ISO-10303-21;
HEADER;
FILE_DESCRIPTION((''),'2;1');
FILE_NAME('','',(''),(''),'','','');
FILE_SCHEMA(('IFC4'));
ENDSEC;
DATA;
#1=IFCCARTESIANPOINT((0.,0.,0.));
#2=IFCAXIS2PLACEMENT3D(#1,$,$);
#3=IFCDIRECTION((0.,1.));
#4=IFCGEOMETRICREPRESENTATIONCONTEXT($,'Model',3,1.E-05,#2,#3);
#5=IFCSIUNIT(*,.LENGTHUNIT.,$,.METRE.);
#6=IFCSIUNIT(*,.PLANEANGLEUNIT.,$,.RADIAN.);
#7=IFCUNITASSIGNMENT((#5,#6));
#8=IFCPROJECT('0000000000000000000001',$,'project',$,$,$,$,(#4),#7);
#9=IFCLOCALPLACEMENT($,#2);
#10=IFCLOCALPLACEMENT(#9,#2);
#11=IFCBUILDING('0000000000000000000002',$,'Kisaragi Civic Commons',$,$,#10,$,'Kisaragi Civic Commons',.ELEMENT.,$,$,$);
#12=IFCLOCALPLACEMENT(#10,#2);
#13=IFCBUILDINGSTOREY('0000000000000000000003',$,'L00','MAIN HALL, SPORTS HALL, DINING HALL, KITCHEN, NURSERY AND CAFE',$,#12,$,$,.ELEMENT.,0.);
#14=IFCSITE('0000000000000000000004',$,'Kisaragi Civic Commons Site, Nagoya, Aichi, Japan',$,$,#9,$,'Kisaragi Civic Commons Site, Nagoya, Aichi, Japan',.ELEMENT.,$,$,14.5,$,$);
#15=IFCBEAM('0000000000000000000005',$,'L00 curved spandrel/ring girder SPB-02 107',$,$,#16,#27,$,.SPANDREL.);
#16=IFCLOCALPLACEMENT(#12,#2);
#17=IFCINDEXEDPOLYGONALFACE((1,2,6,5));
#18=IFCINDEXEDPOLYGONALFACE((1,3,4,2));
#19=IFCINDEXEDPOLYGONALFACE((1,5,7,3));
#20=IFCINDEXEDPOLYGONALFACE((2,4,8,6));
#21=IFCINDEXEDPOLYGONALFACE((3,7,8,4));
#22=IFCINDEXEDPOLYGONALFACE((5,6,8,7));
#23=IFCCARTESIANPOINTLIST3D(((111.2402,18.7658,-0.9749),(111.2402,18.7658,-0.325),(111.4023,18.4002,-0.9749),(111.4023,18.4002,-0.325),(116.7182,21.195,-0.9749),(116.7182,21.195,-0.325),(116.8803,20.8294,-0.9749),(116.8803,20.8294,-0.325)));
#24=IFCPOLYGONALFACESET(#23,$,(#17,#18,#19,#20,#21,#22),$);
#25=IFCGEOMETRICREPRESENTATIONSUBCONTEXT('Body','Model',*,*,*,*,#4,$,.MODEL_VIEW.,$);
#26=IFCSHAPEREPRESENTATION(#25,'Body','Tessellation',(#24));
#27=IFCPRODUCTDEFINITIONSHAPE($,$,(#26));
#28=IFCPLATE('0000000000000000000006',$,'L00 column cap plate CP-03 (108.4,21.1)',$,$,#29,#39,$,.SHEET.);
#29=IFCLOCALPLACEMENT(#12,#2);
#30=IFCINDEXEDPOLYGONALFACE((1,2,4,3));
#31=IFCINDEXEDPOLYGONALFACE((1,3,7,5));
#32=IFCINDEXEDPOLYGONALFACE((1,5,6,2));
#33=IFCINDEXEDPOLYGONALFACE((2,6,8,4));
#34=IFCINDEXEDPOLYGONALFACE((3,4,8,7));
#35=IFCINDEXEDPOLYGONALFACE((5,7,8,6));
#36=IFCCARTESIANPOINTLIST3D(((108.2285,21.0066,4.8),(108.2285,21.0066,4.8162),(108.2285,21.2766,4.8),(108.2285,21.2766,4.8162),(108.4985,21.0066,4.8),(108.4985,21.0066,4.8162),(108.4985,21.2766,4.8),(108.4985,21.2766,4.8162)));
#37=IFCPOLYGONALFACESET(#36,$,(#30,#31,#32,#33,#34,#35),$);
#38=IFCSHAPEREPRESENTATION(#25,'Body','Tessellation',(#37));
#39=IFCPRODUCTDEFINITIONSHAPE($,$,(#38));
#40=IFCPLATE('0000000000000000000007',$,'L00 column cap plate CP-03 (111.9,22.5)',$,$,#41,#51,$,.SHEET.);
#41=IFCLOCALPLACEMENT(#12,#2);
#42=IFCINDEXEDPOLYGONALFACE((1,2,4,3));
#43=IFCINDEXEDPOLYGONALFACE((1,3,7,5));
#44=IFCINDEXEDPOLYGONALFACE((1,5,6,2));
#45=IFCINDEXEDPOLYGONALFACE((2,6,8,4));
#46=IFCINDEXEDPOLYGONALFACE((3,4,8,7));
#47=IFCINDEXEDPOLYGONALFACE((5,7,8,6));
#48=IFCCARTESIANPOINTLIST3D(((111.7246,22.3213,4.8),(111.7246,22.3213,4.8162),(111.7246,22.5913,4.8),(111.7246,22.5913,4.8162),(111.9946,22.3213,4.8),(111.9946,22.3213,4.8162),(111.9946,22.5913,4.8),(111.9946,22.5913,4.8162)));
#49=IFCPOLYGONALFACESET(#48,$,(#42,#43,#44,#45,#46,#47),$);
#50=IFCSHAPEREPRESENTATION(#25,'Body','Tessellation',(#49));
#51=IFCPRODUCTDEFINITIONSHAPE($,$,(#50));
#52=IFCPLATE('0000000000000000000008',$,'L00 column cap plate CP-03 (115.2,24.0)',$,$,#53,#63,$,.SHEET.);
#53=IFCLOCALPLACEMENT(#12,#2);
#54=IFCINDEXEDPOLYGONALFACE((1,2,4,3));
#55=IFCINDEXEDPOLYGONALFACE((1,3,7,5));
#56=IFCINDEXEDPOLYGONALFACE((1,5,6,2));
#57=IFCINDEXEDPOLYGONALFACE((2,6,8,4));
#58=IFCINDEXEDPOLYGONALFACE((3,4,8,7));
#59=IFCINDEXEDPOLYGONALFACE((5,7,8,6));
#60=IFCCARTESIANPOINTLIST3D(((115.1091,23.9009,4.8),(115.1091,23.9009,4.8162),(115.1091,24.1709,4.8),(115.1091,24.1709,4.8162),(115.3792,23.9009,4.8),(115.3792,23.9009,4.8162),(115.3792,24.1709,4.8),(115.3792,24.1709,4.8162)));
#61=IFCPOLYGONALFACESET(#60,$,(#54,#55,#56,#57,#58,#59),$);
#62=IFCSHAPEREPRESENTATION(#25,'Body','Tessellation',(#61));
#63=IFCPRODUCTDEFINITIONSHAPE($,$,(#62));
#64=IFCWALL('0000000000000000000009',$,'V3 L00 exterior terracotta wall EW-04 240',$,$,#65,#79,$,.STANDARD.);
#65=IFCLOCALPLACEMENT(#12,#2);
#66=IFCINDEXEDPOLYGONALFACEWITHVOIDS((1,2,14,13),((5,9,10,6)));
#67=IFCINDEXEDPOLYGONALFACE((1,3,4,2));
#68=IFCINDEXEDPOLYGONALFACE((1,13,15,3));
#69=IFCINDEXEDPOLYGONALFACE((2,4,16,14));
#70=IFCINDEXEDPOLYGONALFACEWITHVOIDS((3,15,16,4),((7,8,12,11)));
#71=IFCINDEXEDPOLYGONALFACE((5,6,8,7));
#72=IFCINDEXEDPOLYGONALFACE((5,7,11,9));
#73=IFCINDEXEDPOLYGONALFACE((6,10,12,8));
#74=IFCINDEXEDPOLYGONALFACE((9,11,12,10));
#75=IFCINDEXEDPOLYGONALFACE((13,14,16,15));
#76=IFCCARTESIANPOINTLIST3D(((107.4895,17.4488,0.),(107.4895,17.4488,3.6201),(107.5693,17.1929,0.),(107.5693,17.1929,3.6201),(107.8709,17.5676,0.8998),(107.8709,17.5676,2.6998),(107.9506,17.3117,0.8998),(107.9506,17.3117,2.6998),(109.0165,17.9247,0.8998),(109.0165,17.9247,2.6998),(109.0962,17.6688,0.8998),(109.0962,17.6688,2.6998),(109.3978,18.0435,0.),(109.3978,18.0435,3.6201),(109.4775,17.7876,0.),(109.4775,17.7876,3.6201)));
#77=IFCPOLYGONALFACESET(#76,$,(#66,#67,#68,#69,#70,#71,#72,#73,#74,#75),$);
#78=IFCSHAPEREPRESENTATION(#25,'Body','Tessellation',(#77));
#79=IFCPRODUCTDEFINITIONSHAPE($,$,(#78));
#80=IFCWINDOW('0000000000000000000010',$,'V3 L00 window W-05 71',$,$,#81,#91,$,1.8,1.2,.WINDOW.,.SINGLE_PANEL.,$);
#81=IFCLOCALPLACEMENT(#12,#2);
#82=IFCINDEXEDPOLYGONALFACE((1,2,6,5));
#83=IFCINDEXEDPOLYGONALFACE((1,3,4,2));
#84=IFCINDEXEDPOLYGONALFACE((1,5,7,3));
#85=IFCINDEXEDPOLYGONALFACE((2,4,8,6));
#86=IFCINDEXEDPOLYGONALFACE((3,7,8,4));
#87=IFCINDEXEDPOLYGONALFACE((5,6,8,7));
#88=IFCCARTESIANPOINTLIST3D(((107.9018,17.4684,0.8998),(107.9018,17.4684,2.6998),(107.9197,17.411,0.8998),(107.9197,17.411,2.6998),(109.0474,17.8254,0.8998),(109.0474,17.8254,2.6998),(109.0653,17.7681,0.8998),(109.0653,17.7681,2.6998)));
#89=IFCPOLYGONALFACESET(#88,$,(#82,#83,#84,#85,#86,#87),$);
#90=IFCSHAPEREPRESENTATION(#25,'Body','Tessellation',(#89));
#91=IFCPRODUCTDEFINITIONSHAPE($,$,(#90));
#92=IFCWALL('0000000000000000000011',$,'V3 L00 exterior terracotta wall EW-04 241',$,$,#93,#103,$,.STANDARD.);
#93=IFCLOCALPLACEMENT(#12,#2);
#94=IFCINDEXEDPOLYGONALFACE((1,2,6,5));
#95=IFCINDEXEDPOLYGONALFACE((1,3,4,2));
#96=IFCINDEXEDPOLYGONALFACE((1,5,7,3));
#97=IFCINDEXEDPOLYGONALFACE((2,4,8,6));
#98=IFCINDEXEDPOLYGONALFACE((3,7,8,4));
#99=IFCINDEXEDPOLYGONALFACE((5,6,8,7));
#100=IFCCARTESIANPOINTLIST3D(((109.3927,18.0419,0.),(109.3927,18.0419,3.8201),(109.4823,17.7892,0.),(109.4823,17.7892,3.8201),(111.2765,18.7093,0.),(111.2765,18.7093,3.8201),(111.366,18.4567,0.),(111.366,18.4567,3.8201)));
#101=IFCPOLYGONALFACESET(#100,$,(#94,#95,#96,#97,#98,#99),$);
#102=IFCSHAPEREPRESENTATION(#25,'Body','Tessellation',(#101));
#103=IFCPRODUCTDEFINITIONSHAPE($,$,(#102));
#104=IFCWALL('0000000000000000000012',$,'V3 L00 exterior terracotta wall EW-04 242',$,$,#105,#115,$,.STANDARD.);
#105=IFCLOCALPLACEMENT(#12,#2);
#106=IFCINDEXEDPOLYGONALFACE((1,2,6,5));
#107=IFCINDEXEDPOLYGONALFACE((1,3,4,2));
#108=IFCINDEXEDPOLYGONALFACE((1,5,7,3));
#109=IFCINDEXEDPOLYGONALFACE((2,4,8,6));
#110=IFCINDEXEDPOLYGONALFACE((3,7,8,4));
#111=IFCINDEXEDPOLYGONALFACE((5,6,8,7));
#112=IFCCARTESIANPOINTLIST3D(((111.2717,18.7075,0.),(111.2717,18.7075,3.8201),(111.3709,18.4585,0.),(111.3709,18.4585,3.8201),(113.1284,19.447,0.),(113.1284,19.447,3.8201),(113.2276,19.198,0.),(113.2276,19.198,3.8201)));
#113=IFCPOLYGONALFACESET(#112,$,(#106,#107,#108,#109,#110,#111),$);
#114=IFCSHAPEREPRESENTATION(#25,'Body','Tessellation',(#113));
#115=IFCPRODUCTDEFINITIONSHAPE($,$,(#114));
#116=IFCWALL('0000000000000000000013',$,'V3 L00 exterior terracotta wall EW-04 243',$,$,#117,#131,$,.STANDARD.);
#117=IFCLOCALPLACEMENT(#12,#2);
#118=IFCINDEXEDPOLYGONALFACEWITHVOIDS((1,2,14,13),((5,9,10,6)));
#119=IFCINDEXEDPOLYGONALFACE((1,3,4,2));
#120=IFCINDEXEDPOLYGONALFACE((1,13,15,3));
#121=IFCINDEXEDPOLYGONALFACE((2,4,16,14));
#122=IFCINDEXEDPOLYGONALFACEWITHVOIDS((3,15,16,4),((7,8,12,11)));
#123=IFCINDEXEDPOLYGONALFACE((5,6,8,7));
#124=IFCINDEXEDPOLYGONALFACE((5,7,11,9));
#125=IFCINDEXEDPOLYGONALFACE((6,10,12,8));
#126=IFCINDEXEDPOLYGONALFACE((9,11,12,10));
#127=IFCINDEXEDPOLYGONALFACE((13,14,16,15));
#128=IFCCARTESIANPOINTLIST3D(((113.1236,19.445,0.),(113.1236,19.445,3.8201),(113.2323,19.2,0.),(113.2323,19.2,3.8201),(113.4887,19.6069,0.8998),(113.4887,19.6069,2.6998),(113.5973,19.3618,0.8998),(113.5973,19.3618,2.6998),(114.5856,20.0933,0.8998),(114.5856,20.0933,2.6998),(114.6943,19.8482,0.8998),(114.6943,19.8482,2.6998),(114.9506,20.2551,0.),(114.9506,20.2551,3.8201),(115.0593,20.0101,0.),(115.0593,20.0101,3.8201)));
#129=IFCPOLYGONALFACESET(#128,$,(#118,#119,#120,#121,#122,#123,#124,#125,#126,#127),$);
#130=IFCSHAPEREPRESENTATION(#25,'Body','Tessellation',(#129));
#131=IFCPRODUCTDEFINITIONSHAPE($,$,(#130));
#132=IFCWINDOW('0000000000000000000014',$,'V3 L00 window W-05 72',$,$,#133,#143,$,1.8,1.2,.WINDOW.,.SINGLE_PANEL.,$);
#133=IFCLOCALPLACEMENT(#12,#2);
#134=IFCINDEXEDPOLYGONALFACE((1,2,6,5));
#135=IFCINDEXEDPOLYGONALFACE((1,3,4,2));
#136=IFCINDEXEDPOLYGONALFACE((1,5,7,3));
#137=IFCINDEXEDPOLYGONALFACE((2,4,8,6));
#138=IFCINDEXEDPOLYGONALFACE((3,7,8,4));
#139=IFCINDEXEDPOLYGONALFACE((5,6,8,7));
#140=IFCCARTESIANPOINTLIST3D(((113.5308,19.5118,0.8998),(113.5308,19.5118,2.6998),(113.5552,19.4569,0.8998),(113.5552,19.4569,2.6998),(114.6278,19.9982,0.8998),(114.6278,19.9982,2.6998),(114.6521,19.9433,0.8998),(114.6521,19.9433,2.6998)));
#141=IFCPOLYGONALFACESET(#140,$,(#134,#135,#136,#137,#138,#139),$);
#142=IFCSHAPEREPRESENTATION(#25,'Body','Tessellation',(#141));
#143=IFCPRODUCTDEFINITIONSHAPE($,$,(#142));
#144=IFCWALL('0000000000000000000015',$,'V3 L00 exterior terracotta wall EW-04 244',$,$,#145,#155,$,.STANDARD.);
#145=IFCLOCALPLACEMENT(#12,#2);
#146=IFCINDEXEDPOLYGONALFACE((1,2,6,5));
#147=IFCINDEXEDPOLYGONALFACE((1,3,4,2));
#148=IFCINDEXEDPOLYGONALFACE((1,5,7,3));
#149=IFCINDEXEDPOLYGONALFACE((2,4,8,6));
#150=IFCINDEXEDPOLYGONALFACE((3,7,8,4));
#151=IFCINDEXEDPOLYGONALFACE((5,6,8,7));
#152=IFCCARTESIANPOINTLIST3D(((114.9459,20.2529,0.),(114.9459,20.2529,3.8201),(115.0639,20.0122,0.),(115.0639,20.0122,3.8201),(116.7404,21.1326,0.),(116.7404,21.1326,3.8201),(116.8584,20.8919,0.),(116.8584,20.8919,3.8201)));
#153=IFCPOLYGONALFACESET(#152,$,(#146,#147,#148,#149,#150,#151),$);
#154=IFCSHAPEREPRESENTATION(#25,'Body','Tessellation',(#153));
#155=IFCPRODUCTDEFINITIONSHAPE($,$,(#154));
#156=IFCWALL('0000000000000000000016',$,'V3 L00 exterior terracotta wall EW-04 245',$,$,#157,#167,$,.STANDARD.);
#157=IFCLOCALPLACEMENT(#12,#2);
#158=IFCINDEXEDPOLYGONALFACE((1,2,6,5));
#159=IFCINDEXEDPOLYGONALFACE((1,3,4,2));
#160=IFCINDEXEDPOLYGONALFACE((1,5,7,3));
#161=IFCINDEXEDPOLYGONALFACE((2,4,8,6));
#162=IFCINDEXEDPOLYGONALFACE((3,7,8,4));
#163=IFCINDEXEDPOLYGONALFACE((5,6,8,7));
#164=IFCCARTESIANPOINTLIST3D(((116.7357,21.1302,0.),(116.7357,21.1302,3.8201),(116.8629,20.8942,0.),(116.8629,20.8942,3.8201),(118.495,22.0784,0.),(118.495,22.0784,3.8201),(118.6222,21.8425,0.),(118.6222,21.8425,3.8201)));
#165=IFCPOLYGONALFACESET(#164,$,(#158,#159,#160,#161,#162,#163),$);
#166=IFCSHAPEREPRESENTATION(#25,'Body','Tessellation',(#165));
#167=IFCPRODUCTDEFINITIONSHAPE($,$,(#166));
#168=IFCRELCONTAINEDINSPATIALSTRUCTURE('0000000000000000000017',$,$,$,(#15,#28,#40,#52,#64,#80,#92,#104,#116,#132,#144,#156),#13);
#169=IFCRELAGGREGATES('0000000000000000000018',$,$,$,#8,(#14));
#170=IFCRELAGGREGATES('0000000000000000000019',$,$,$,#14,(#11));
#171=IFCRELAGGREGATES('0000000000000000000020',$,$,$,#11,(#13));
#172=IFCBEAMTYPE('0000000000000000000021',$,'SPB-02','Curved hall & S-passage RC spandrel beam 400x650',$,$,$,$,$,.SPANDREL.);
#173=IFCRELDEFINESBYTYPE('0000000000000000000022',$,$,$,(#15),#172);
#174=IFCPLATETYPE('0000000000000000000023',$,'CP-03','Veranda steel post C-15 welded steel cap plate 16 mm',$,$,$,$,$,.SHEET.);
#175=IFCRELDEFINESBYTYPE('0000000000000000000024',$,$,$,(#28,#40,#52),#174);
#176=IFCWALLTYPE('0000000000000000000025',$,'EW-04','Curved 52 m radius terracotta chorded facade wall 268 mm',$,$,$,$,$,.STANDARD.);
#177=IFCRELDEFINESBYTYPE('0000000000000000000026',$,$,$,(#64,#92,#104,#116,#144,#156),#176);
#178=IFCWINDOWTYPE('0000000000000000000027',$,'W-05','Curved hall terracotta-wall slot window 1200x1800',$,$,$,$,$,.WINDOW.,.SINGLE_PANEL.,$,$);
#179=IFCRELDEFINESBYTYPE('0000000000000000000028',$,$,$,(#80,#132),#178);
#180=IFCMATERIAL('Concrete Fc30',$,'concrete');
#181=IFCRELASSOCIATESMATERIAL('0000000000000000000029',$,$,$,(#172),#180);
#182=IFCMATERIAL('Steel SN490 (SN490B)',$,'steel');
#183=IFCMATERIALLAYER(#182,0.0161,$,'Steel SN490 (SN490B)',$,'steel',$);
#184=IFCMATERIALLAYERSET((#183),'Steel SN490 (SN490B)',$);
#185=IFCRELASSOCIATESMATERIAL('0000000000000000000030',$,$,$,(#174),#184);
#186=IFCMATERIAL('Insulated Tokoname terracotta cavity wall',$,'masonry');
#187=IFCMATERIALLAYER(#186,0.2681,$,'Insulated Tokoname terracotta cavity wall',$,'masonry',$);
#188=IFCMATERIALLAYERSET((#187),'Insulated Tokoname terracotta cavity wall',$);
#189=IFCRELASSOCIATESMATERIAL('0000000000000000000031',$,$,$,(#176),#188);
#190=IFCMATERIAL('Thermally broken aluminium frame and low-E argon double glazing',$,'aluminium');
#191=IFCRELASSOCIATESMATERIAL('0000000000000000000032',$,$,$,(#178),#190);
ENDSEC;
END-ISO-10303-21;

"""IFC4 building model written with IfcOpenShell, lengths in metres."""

from ifc_helpers import new_model, si_unit, direction, frame, frame_2d, origin, origin_2d, place, context, subcontext, project, spatial, rectangle, extrude, material, layer, layer_set, material_profile, profile_set, type_object, element, fill, save


model = new_model("IFC4")

# Units and contexts
model_context = context("Model", 3, precision=1e-05, world=origin(), true_north=direction((0.0, 1.0)))
body_context = subcontext(model_context, "Body", "Model", "MODEL_VIEW")
ifc_project = project(units=[si_unit("LENGTHUNIT", "METRE"), si_unit("PLANEANGLEUNIT", "RADIAN")], contexts=[model_context])

# Site, building, storey
site_placement = place(None, origin())
site = spatial("IfcSite", under=ifc_project, at=site_placement, Name="Kisaragi Civic Commons Site, Nagoya, Aichi, Japan", LongName="Kisaragi Civic Commons Site, Nagoya, Aichi, Japan", CompositionType="ELEMENT", RefElevation=14.5)
building_placement = place(site_placement, origin())
building = spatial("IfcBuilding", under=site, at=building_placement, Name="Kisaragi Civic Commons", LongName="Kisaragi Civic Commons", CompositionType="ELEMENT")
storey_placement = place(building_placement, origin())
storey = spatial("IfcBuildingStorey", under=building, at=storey_placement, Name="L00", Description="MAIN HALL, SPORTS HALL, DINING HALL, KITCHEN, NURSERY AND CAFE", CompositionType="ELEMENT", Elevation=0.0)

# Shared definitions
ifc_material_1 = material(Name="Concrete Fc30", Category="concrete")

# Beam
ifc_material_2 = material(Name="Steel SN490 (SN490B)", Category="steel")
ifc_material_profile_1 = material_profile(ifc_material_1, rectangle(XDim=0.3999, YDim=0.6499, at=origin_2d()), Name="RC-400x650", Category="concrete")
ifc_profile_set_1 = profile_set([ifc_material_profile_1], Name="Concrete Fc30")
beam_type_1 = type_object("IfcBeamType", Name="SPB-02", Description="Curved hall & S-passage RC spandrel beam 400x650", PredefinedType="SPANDREL", material=ifc_profile_set_1)
beam_1_placement = place(storey_placement, frame((111.3213, 18.583, -0.6499), z_axis=(0.914151, 0.405375, 0.0), x_axis=(-0.405375, 0.914151, 0.0)))
element("IfcBeam", 1, at=beam_1_placement, inside=storey, type_object=beam_type_1, Name="L00 curved spandrel/ring girder SPB-02 107", PredefinedType="SPANDREL", context=body_context, shape_type="SweptSolid", body=[
    extrude(rectangle(XDim=0.3999, YDim=0.6499, at=origin_2d()), origin(), (0.0, 0.0, 1.0), 5.9924),
])

# Plates
ifc_layer_1 = layer(ifc_material_2, 0.0161, Name="Steel SN490 (SN490B)", Category="steel")
ifc_layer_set_1 = layer_set([ifc_layer_1], Name="Steel SN490 (SN490B)")
plate_type = type_object("IfcPlateType", Name="CP-03", Description="Veranda steel post C-15 welded steel cap plate 16 mm", PredefinedType="SHEET", material=ifc_layer_set_1)
for number, where, z_axis, x_axis, name in (
    (2, (108.3635, 21.1416, 4.8), (0.0, 0.0, 1.0), (1.0, 0.0, 0.0), "L00 column cap plate CP-03 (108.4,21.1)"),
    (3, (111.8596, 22.4563, 4.8), (0.0, 0.0, 1.0), (1.0, 0.0, 0.0), "L00 column cap plate CP-03 (111.9,22.5)"),
    (4, (115.2441, 24.0359, 4.8), (0.0, 0.0, 1.0), (1.0, 0.0, 0.0), "L00 column cap plate CP-03 (115.2,24.0)"),
):
    element("IfcPlate", number, at=place(storey_placement, frame(where, z_axis=z_axis, x_axis=x_axis)), inside=storey, type_object=plate_type, Name=name, PredefinedType="SHEET", context=body_context, shape_type="SweptSolid", body=[
        extrude(rectangle(XDim=0.27, YDim=0.27, at=origin_2d()), origin(), (0.0, 0.0, 1.0), 0.0161),
    ])

# Wall, opening, window
ifc_material_3 = material(Name="Insulated Tokoname terracotta cavity wall", Category="masonry")
ifc_layer_2 = layer(ifc_material_3, 0.2681, Name="Insulated Tokoname terracotta cavity wall", Category="masonry")
ifc_layer_set_2 = layer_set([ifc_layer_2], Name="Insulated Tokoname terracotta cavity wall")
wall_type_1 = type_object("IfcWallType", Name="EW-04", Description="Curved 52 m radius terracotta chorded facade wall 268 mm", PredefinedType="STANDARD", material=ifc_layer_set_2)
wall_1_placement = place(storey_placement, frame((107.5293, 17.3208, 0.0), z_axis=(0.0, 0.0, 1.0), x_axis=(0.954706, 0.297552, 0.0)))
wall_1 = element("IfcWall", 5, at=wall_1_placement, inside=storey, type_object=wall_type_1, Name="V3 L00 exterior terracotta wall EW-04 240", PredefinedType="STANDARD", context=body_context, shape_type="SweptSolid", body=[
    extrude(rectangle(XDim=1.9988, YDim=0.2681, at=frame_2d((0.9995, 0.0))), origin(), (0.0, 0.0, 1.0), 3.6201),
])
opening_1_placement = place(wall_1_placement, frame((0.3994, 0.0, 0.8999)))
opening_1 = element("IfcOpeningElement", 6, at=opening_1_placement, cuts=wall_1, PredefinedType="OPENING", context=body_context, shape_type="SweptSolid", body=[
    extrude(rectangle(XDim=1.2, YDim=1.8, at=frame_2d((0.6001, 0.8999))), frame((0.0, 0.144, 0.0), z_axis=(0.0, -1.0, 0.0), x_axis=(1.0, 0.0, 0.0)), (0.0, 0.0, 1.0), 0.2881),
])
ifc_material_4 = material(Name="Thermally broken aluminium frame and low-E argon double glazing", Category="aluminium")
window_type = type_object("IfcWindowType", Name="W-05", Description="Curved hall terracotta-wall slot window 1200x1800", PartitioningType="SINGLE_PANEL", PredefinedType="WINDOW", material=ifc_material_4)
window_1_placement = place(opening_1_placement, origin())
window_1 = element("IfcWindow", 7, at=window_1_placement, inside=storey, type_object=window_type, Name="V3 L00 window W-05 71", OverallHeight=1.8, OverallWidth=1.2, PartitioningType="SINGLE_PANEL", PredefinedType="WINDOW", context=body_context, shape_type="SweptSolid", body=[
    extrude(rectangle(XDim=1.2, YDim=1.8, at=frame_2d((0.6001, 0.8999))), frame((0.0, 0.03, 0.0), z_axis=(0.0, -1.0, 0.0), x_axis=(1.0, 0.0, 0.0)), (0.0, 0.0, 1.0), 0.0601),
])
fill(opening_1, window_1)

# Walls
for number, where, z_axis, x_axis, name in (
    (8, (109.4375, 17.9155, 0.0), (0.0, 0.0, 1.0), (0.942579, 0.333983, 0.0), "V3 L00 exterior terracotta wall EW-04 241"),
    (9, (111.3213, 18.583, 0.0), (0.0, 0.0, 1.0), (0.929023, 0.370021, 0.0), "V3 L00 exterior terracotta wall EW-04 242"),
):
    element("IfcWall", number, at=place(storey_placement, frame(where, z_axis=z_axis, x_axis=x_axis)), inside=storey, type_object=wall_type_1, Name=name, PredefinedType="STANDARD", context=body_context, shape_type="SweptSolid", body=[
        extrude(rectangle(XDim=1.9985, YDim=0.2681, at=frame_2d((0.9993, 0.0))), origin(), (0.0, 0.0, 1.0), 3.8201),
    ])

# Wall, opening, window
wall_2_placement = place(storey_placement, frame((113.178, 19.3225, 0.0), z_axis=(0.0, 0.0, 1.0), x_axis=(0.914164, 0.405345, 0.0)))
wall_2 = element("IfcWall", 10, at=wall_2_placement, inside=storey, type_object=wall_type_1, Name="V3 L00 exterior terracotta wall EW-04 243", PredefinedType="STANDARD", context=body_context, shape_type="SweptSolid", body=[
    extrude(rectangle(XDim=1.9985, YDim=0.2681, at=frame_2d((0.9993, 0.0))), origin(), (0.0, 0.0, 1.0), 3.8201),
])
opening_2_placement = place(wall_2_placement, frame((0.3992, 0.0, 0.8999)))
opening_2 = element("IfcOpeningElement", 11, at=opening_2_placement, cuts=wall_2, PredefinedType="OPENING", context=body_context, shape_type="SweptSolid", body=[
    extrude(rectangle(XDim=1.2, YDim=1.8, at=frame_2d((0.6001, 0.8999))), frame((0.0, 0.144, 0.0), z_axis=(0.0, -1.0, 0.0), x_axis=(1.0, 0.0, 0.0)), (0.0, 0.0, 1.0), 0.2881),
])
window_2_placement = place(opening_2_placement, origin())
window_2 = element("IfcWindow", 12, at=window_2_placement, inside=storey, type_object=window_type, Name="V3 L00 window W-05 72", OverallHeight=1.8, OverallWidth=1.2, PartitioningType="SINGLE_PANEL", PredefinedType="WINDOW", context=body_context, shape_type="SweptSolid", body=[
    extrude(rectangle(XDim=1.2, YDim=1.8, at=frame_2d((0.6001, 0.8999))), frame((0.0, 0.03, 0.0), z_axis=(0.0, -1.0, 0.0), x_axis=(1.0, 0.0, 0.0)), (0.0, 0.0, 1.0), 0.0601),
])
fill(opening_2, window_2)

# Walls
for number, where, z_axis, x_axis, name in (
    (13, (115.0049, 20.1326, 0.0), (0.0, 0.0, 1.0), (0.897918, 0.440163, 0.0), "V3 L00 exterior terracotta wall EW-04 244"),
    (14, (116.7993, 21.0122, 0.0), (0.0, 0.0, 1.0), (0.880275, 0.474464, 0.0), "V3 L00 exterior terracotta wall EW-04 245"),
):
    element("IfcWall", number, at=place(storey_placement, frame(where, z_axis=z_axis, x_axis=x_axis)), inside=storey, type_object=wall_type_1, Name=name, PredefinedType="STANDARD", context=body_context, shape_type="SweptSolid", body=[
        extrude(rectangle(XDim=1.9985, YDim=0.2681, at=frame_2d((0.9993, 0.0))), origin(), (0.0, 0.0, 1.0), 3.8201),
    ])

save(model, "model.ifc")
